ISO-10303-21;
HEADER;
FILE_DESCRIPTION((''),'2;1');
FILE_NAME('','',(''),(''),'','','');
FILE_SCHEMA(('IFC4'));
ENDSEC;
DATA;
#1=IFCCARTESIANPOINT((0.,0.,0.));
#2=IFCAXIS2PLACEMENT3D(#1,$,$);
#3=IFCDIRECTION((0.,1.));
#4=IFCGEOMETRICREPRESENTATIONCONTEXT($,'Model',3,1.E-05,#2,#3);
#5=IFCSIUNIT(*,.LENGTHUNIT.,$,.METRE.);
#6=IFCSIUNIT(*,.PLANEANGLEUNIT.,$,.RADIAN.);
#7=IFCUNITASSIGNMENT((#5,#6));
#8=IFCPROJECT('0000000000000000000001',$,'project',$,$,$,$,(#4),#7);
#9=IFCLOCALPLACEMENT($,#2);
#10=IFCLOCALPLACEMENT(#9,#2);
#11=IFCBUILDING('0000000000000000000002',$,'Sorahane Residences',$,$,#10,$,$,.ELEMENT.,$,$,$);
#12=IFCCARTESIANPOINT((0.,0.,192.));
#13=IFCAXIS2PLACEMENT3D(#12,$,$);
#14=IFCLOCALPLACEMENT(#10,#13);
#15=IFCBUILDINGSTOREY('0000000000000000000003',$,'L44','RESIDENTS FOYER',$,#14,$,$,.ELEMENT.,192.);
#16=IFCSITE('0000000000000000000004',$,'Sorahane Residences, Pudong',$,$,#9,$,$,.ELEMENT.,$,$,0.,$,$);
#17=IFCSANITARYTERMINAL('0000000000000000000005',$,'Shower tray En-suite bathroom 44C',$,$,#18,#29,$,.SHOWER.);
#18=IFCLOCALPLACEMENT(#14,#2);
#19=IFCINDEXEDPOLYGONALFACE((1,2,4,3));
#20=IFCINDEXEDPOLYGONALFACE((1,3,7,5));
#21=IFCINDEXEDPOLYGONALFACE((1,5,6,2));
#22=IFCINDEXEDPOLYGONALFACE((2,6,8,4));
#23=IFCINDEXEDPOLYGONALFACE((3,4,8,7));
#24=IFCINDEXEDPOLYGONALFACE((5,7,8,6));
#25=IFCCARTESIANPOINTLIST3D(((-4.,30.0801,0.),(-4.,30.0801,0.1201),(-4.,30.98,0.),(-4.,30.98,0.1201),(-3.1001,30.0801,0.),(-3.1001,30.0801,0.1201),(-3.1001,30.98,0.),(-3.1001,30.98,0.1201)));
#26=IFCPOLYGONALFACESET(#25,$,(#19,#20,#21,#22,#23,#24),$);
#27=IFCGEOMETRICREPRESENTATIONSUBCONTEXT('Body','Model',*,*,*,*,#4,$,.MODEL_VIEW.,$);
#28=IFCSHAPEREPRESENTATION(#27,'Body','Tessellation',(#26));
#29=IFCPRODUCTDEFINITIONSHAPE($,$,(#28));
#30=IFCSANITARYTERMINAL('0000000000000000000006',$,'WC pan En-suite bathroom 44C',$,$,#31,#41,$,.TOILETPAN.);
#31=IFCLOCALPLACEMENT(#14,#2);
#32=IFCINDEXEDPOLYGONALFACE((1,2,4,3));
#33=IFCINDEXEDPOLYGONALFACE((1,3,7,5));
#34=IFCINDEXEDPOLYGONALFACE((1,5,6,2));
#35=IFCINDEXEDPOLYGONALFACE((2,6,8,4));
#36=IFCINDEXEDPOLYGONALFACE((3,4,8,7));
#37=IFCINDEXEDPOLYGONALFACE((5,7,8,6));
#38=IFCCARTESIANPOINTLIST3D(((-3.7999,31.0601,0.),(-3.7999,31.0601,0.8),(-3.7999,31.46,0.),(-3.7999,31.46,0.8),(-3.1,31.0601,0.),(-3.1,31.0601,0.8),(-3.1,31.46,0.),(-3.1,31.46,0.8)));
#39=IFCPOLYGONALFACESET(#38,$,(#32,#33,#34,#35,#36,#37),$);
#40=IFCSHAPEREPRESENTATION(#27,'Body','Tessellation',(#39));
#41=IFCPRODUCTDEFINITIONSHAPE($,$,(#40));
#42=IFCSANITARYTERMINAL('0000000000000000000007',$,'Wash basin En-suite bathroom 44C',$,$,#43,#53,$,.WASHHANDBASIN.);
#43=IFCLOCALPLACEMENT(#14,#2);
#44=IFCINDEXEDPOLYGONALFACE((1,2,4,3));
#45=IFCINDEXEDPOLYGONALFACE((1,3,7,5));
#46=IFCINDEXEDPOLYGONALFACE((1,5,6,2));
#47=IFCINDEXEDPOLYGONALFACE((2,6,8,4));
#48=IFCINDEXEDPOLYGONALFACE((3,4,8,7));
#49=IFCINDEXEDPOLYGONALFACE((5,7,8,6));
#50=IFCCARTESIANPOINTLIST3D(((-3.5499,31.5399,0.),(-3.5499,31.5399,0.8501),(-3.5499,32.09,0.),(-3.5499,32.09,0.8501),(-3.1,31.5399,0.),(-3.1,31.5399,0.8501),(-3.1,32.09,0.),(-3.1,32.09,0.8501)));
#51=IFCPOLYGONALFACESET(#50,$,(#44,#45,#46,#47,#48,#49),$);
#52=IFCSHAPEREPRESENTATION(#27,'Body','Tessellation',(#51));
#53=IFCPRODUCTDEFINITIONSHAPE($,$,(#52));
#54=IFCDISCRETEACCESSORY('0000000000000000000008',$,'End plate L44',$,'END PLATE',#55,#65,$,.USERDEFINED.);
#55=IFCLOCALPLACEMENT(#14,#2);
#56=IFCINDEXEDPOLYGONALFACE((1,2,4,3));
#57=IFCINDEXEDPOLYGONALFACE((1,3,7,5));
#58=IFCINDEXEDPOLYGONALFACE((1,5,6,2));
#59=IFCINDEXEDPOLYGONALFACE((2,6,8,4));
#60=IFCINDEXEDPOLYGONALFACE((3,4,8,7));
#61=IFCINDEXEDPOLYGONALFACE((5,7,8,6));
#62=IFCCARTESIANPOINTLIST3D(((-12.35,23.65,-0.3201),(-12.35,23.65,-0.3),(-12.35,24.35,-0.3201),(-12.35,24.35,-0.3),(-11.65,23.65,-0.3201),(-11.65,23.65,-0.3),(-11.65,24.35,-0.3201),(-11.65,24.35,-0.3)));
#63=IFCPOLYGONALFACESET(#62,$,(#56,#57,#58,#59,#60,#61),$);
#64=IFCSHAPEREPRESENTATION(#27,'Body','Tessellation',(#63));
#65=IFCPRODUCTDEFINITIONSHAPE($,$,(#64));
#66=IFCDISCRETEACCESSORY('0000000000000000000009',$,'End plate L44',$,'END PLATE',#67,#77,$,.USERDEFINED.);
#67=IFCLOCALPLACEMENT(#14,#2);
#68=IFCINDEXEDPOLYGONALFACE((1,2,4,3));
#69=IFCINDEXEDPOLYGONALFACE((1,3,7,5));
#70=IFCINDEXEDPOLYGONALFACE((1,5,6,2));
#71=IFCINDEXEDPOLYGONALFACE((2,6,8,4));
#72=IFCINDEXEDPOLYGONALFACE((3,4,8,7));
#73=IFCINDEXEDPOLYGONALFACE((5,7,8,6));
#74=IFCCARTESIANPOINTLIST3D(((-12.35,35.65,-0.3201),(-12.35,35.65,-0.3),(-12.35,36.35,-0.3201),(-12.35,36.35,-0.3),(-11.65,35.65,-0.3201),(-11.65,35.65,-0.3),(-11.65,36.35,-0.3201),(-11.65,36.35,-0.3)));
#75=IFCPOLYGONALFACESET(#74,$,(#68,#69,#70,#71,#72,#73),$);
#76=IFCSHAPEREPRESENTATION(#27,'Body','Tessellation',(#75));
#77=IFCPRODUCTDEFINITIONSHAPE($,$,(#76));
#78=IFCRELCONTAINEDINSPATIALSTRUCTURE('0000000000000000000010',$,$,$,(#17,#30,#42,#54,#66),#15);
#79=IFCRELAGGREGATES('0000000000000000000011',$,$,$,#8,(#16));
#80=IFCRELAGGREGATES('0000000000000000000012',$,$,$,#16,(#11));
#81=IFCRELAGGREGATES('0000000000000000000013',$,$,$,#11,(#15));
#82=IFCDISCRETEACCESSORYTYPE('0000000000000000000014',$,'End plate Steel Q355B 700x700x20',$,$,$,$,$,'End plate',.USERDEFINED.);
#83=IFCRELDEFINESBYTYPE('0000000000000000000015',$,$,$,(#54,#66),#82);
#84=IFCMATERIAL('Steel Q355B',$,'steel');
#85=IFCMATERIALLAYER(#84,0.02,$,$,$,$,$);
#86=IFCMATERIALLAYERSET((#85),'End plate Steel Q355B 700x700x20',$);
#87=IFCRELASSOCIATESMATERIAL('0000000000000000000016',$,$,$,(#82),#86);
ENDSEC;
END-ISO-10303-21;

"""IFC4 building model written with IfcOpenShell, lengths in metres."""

from ifc_helpers import new_model, si_unit, direction, frame, origin, origin_2d, place, context, subcontext, project, spatial, rectangle, extrude, material, layer, layer_set, type_object, element, save


model = new_model("IFC4")

# Units and contexts
model_context = context("Model", 3, precision=1e-05, world=origin(), true_north=direction((0.0, 1.0)))
body_context = subcontext(model_context, "Body", "Model", "MODEL_VIEW")
ifc_project = project(units=[si_unit("LENGTHUNIT", "METRE"), si_unit("PLANEANGLEUNIT", "RADIAN")], contexts=[model_context])

# Site, building, storey
site_placement = place(None, origin())
site = spatial("IfcSite", under=ifc_project, at=site_placement, Name="Sorahane Residences, Pudong", CompositionType="ELEMENT", RefElevation=0.0)
building_placement = place(site_placement, origin())
building = spatial("IfcBuilding", under=site, at=building_placement, Name="Sorahane Residences", CompositionType="ELEMENT")
storey_placement = place(building_placement, frame((0.0, 0.0, 192.0)))
storey = spatial("IfcBuildingStorey", under=building, at=storey_placement, Name="L44", Description="RESIDENTS FOYER", CompositionType="ELEMENT", Elevation=192.0)

# Sanitary terminals
sanitary_terminal_1_placement = place(storey_placement, frame((-3.55, 30.53, 0.0), z_axis=(0.0, 0.0, 1.0), x_axis=(0.0, -1.0, 0.0)))
element("IfcSanitaryTerminal", 1, at=sanitary_terminal_1_placement, inside=storey, Name="Shower tray En-suite bathroom 44C", PredefinedType="SHOWER", context=body_context, shape_type="SweptSolid", body=[
    extrude(rectangle(XDim=0.8999, YDim=0.8999, at=origin_2d()), origin(), (0.0, 0.0, 1.0), 0.1201),
])
sanitary_terminal_2_placement = place(storey_placement, frame((-3.45, 31.26, 0.0), z_axis=(0.0, 0.0, 1.0), x_axis=(0.0, -1.0, 0.0)))
element("IfcSanitaryTerminal", 2, at=sanitary_terminal_2_placement, inside=storey, Name="WC pan En-suite bathroom 44C", PredefinedType="TOILETPAN", context=body_context, shape_type="SweptSolid", body=[
    extrude(rectangle(XDim=0.3999, YDim=0.7, at=origin_2d()), origin(), (0.0, 0.0, 1.0), 0.8),
])
sanitary_terminal_3_placement = place(storey_placement, frame((-3.325, 31.8149, 0.0), z_axis=(0.0, 0.0, 1.0), x_axis=(0.0, -1.0, 0.0)))
element("IfcSanitaryTerminal", 3, at=sanitary_terminal_3_placement, inside=storey, Name="Wash basin En-suite bathroom 44C", PredefinedType="WASHHANDBASIN", context=body_context, shape_type="SweptSolid", body=[
    extrude(rectangle(XDim=0.55, YDim=0.45, at=origin_2d()), origin(), (0.0, 0.0, 1.0), 0.8501),
])

# Discrete accessories
ifc_material_1 = material(Name="Steel Q355B", Category="steel")
ifc_layer_1 = layer(ifc_material_1, 0.02)
ifc_layer_set_1 = layer_set([ifc_layer_1], Name="End plate Steel Q355B 700x700x20")
discrete_accessory_type = type_object("IfcDiscreteAccessoryType", Name="End plate Steel Q355B 700x700x20", ElementType="End plate", PredefinedType="USERDEFINED", material=ifc_layer_set_1)
for number, where, z_axis, x_axis, name in (
    (4, (-12.0, 24.0, -0.3201), (0.0, 0.0, 1.0), (1.0, 0.0, 0.0), "End plate L44"),
    (5, (-12.0, 36.0, -0.3201), (0.0, 0.0, 1.0), (1.0, 0.0, 0.0), "End plate L44"),
):
    element("IfcDiscreteAccessory", number, at=place(storey_placement, frame(where, z_axis=z_axis, x_axis=x_axis)), inside=storey, type_object=discrete_accessory_type, Name=name, ObjectType="END PLATE", PredefinedType="USERDEFINED", context=body_context, shape_type="SweptSolid", body=[
        extrude(rectangle(XDim=0.7, YDim=0.7, at=origin_2d()), origin(), (0.0, 0.0, 1.0), 0.02),
    ])

save(model, "model.ifc")
